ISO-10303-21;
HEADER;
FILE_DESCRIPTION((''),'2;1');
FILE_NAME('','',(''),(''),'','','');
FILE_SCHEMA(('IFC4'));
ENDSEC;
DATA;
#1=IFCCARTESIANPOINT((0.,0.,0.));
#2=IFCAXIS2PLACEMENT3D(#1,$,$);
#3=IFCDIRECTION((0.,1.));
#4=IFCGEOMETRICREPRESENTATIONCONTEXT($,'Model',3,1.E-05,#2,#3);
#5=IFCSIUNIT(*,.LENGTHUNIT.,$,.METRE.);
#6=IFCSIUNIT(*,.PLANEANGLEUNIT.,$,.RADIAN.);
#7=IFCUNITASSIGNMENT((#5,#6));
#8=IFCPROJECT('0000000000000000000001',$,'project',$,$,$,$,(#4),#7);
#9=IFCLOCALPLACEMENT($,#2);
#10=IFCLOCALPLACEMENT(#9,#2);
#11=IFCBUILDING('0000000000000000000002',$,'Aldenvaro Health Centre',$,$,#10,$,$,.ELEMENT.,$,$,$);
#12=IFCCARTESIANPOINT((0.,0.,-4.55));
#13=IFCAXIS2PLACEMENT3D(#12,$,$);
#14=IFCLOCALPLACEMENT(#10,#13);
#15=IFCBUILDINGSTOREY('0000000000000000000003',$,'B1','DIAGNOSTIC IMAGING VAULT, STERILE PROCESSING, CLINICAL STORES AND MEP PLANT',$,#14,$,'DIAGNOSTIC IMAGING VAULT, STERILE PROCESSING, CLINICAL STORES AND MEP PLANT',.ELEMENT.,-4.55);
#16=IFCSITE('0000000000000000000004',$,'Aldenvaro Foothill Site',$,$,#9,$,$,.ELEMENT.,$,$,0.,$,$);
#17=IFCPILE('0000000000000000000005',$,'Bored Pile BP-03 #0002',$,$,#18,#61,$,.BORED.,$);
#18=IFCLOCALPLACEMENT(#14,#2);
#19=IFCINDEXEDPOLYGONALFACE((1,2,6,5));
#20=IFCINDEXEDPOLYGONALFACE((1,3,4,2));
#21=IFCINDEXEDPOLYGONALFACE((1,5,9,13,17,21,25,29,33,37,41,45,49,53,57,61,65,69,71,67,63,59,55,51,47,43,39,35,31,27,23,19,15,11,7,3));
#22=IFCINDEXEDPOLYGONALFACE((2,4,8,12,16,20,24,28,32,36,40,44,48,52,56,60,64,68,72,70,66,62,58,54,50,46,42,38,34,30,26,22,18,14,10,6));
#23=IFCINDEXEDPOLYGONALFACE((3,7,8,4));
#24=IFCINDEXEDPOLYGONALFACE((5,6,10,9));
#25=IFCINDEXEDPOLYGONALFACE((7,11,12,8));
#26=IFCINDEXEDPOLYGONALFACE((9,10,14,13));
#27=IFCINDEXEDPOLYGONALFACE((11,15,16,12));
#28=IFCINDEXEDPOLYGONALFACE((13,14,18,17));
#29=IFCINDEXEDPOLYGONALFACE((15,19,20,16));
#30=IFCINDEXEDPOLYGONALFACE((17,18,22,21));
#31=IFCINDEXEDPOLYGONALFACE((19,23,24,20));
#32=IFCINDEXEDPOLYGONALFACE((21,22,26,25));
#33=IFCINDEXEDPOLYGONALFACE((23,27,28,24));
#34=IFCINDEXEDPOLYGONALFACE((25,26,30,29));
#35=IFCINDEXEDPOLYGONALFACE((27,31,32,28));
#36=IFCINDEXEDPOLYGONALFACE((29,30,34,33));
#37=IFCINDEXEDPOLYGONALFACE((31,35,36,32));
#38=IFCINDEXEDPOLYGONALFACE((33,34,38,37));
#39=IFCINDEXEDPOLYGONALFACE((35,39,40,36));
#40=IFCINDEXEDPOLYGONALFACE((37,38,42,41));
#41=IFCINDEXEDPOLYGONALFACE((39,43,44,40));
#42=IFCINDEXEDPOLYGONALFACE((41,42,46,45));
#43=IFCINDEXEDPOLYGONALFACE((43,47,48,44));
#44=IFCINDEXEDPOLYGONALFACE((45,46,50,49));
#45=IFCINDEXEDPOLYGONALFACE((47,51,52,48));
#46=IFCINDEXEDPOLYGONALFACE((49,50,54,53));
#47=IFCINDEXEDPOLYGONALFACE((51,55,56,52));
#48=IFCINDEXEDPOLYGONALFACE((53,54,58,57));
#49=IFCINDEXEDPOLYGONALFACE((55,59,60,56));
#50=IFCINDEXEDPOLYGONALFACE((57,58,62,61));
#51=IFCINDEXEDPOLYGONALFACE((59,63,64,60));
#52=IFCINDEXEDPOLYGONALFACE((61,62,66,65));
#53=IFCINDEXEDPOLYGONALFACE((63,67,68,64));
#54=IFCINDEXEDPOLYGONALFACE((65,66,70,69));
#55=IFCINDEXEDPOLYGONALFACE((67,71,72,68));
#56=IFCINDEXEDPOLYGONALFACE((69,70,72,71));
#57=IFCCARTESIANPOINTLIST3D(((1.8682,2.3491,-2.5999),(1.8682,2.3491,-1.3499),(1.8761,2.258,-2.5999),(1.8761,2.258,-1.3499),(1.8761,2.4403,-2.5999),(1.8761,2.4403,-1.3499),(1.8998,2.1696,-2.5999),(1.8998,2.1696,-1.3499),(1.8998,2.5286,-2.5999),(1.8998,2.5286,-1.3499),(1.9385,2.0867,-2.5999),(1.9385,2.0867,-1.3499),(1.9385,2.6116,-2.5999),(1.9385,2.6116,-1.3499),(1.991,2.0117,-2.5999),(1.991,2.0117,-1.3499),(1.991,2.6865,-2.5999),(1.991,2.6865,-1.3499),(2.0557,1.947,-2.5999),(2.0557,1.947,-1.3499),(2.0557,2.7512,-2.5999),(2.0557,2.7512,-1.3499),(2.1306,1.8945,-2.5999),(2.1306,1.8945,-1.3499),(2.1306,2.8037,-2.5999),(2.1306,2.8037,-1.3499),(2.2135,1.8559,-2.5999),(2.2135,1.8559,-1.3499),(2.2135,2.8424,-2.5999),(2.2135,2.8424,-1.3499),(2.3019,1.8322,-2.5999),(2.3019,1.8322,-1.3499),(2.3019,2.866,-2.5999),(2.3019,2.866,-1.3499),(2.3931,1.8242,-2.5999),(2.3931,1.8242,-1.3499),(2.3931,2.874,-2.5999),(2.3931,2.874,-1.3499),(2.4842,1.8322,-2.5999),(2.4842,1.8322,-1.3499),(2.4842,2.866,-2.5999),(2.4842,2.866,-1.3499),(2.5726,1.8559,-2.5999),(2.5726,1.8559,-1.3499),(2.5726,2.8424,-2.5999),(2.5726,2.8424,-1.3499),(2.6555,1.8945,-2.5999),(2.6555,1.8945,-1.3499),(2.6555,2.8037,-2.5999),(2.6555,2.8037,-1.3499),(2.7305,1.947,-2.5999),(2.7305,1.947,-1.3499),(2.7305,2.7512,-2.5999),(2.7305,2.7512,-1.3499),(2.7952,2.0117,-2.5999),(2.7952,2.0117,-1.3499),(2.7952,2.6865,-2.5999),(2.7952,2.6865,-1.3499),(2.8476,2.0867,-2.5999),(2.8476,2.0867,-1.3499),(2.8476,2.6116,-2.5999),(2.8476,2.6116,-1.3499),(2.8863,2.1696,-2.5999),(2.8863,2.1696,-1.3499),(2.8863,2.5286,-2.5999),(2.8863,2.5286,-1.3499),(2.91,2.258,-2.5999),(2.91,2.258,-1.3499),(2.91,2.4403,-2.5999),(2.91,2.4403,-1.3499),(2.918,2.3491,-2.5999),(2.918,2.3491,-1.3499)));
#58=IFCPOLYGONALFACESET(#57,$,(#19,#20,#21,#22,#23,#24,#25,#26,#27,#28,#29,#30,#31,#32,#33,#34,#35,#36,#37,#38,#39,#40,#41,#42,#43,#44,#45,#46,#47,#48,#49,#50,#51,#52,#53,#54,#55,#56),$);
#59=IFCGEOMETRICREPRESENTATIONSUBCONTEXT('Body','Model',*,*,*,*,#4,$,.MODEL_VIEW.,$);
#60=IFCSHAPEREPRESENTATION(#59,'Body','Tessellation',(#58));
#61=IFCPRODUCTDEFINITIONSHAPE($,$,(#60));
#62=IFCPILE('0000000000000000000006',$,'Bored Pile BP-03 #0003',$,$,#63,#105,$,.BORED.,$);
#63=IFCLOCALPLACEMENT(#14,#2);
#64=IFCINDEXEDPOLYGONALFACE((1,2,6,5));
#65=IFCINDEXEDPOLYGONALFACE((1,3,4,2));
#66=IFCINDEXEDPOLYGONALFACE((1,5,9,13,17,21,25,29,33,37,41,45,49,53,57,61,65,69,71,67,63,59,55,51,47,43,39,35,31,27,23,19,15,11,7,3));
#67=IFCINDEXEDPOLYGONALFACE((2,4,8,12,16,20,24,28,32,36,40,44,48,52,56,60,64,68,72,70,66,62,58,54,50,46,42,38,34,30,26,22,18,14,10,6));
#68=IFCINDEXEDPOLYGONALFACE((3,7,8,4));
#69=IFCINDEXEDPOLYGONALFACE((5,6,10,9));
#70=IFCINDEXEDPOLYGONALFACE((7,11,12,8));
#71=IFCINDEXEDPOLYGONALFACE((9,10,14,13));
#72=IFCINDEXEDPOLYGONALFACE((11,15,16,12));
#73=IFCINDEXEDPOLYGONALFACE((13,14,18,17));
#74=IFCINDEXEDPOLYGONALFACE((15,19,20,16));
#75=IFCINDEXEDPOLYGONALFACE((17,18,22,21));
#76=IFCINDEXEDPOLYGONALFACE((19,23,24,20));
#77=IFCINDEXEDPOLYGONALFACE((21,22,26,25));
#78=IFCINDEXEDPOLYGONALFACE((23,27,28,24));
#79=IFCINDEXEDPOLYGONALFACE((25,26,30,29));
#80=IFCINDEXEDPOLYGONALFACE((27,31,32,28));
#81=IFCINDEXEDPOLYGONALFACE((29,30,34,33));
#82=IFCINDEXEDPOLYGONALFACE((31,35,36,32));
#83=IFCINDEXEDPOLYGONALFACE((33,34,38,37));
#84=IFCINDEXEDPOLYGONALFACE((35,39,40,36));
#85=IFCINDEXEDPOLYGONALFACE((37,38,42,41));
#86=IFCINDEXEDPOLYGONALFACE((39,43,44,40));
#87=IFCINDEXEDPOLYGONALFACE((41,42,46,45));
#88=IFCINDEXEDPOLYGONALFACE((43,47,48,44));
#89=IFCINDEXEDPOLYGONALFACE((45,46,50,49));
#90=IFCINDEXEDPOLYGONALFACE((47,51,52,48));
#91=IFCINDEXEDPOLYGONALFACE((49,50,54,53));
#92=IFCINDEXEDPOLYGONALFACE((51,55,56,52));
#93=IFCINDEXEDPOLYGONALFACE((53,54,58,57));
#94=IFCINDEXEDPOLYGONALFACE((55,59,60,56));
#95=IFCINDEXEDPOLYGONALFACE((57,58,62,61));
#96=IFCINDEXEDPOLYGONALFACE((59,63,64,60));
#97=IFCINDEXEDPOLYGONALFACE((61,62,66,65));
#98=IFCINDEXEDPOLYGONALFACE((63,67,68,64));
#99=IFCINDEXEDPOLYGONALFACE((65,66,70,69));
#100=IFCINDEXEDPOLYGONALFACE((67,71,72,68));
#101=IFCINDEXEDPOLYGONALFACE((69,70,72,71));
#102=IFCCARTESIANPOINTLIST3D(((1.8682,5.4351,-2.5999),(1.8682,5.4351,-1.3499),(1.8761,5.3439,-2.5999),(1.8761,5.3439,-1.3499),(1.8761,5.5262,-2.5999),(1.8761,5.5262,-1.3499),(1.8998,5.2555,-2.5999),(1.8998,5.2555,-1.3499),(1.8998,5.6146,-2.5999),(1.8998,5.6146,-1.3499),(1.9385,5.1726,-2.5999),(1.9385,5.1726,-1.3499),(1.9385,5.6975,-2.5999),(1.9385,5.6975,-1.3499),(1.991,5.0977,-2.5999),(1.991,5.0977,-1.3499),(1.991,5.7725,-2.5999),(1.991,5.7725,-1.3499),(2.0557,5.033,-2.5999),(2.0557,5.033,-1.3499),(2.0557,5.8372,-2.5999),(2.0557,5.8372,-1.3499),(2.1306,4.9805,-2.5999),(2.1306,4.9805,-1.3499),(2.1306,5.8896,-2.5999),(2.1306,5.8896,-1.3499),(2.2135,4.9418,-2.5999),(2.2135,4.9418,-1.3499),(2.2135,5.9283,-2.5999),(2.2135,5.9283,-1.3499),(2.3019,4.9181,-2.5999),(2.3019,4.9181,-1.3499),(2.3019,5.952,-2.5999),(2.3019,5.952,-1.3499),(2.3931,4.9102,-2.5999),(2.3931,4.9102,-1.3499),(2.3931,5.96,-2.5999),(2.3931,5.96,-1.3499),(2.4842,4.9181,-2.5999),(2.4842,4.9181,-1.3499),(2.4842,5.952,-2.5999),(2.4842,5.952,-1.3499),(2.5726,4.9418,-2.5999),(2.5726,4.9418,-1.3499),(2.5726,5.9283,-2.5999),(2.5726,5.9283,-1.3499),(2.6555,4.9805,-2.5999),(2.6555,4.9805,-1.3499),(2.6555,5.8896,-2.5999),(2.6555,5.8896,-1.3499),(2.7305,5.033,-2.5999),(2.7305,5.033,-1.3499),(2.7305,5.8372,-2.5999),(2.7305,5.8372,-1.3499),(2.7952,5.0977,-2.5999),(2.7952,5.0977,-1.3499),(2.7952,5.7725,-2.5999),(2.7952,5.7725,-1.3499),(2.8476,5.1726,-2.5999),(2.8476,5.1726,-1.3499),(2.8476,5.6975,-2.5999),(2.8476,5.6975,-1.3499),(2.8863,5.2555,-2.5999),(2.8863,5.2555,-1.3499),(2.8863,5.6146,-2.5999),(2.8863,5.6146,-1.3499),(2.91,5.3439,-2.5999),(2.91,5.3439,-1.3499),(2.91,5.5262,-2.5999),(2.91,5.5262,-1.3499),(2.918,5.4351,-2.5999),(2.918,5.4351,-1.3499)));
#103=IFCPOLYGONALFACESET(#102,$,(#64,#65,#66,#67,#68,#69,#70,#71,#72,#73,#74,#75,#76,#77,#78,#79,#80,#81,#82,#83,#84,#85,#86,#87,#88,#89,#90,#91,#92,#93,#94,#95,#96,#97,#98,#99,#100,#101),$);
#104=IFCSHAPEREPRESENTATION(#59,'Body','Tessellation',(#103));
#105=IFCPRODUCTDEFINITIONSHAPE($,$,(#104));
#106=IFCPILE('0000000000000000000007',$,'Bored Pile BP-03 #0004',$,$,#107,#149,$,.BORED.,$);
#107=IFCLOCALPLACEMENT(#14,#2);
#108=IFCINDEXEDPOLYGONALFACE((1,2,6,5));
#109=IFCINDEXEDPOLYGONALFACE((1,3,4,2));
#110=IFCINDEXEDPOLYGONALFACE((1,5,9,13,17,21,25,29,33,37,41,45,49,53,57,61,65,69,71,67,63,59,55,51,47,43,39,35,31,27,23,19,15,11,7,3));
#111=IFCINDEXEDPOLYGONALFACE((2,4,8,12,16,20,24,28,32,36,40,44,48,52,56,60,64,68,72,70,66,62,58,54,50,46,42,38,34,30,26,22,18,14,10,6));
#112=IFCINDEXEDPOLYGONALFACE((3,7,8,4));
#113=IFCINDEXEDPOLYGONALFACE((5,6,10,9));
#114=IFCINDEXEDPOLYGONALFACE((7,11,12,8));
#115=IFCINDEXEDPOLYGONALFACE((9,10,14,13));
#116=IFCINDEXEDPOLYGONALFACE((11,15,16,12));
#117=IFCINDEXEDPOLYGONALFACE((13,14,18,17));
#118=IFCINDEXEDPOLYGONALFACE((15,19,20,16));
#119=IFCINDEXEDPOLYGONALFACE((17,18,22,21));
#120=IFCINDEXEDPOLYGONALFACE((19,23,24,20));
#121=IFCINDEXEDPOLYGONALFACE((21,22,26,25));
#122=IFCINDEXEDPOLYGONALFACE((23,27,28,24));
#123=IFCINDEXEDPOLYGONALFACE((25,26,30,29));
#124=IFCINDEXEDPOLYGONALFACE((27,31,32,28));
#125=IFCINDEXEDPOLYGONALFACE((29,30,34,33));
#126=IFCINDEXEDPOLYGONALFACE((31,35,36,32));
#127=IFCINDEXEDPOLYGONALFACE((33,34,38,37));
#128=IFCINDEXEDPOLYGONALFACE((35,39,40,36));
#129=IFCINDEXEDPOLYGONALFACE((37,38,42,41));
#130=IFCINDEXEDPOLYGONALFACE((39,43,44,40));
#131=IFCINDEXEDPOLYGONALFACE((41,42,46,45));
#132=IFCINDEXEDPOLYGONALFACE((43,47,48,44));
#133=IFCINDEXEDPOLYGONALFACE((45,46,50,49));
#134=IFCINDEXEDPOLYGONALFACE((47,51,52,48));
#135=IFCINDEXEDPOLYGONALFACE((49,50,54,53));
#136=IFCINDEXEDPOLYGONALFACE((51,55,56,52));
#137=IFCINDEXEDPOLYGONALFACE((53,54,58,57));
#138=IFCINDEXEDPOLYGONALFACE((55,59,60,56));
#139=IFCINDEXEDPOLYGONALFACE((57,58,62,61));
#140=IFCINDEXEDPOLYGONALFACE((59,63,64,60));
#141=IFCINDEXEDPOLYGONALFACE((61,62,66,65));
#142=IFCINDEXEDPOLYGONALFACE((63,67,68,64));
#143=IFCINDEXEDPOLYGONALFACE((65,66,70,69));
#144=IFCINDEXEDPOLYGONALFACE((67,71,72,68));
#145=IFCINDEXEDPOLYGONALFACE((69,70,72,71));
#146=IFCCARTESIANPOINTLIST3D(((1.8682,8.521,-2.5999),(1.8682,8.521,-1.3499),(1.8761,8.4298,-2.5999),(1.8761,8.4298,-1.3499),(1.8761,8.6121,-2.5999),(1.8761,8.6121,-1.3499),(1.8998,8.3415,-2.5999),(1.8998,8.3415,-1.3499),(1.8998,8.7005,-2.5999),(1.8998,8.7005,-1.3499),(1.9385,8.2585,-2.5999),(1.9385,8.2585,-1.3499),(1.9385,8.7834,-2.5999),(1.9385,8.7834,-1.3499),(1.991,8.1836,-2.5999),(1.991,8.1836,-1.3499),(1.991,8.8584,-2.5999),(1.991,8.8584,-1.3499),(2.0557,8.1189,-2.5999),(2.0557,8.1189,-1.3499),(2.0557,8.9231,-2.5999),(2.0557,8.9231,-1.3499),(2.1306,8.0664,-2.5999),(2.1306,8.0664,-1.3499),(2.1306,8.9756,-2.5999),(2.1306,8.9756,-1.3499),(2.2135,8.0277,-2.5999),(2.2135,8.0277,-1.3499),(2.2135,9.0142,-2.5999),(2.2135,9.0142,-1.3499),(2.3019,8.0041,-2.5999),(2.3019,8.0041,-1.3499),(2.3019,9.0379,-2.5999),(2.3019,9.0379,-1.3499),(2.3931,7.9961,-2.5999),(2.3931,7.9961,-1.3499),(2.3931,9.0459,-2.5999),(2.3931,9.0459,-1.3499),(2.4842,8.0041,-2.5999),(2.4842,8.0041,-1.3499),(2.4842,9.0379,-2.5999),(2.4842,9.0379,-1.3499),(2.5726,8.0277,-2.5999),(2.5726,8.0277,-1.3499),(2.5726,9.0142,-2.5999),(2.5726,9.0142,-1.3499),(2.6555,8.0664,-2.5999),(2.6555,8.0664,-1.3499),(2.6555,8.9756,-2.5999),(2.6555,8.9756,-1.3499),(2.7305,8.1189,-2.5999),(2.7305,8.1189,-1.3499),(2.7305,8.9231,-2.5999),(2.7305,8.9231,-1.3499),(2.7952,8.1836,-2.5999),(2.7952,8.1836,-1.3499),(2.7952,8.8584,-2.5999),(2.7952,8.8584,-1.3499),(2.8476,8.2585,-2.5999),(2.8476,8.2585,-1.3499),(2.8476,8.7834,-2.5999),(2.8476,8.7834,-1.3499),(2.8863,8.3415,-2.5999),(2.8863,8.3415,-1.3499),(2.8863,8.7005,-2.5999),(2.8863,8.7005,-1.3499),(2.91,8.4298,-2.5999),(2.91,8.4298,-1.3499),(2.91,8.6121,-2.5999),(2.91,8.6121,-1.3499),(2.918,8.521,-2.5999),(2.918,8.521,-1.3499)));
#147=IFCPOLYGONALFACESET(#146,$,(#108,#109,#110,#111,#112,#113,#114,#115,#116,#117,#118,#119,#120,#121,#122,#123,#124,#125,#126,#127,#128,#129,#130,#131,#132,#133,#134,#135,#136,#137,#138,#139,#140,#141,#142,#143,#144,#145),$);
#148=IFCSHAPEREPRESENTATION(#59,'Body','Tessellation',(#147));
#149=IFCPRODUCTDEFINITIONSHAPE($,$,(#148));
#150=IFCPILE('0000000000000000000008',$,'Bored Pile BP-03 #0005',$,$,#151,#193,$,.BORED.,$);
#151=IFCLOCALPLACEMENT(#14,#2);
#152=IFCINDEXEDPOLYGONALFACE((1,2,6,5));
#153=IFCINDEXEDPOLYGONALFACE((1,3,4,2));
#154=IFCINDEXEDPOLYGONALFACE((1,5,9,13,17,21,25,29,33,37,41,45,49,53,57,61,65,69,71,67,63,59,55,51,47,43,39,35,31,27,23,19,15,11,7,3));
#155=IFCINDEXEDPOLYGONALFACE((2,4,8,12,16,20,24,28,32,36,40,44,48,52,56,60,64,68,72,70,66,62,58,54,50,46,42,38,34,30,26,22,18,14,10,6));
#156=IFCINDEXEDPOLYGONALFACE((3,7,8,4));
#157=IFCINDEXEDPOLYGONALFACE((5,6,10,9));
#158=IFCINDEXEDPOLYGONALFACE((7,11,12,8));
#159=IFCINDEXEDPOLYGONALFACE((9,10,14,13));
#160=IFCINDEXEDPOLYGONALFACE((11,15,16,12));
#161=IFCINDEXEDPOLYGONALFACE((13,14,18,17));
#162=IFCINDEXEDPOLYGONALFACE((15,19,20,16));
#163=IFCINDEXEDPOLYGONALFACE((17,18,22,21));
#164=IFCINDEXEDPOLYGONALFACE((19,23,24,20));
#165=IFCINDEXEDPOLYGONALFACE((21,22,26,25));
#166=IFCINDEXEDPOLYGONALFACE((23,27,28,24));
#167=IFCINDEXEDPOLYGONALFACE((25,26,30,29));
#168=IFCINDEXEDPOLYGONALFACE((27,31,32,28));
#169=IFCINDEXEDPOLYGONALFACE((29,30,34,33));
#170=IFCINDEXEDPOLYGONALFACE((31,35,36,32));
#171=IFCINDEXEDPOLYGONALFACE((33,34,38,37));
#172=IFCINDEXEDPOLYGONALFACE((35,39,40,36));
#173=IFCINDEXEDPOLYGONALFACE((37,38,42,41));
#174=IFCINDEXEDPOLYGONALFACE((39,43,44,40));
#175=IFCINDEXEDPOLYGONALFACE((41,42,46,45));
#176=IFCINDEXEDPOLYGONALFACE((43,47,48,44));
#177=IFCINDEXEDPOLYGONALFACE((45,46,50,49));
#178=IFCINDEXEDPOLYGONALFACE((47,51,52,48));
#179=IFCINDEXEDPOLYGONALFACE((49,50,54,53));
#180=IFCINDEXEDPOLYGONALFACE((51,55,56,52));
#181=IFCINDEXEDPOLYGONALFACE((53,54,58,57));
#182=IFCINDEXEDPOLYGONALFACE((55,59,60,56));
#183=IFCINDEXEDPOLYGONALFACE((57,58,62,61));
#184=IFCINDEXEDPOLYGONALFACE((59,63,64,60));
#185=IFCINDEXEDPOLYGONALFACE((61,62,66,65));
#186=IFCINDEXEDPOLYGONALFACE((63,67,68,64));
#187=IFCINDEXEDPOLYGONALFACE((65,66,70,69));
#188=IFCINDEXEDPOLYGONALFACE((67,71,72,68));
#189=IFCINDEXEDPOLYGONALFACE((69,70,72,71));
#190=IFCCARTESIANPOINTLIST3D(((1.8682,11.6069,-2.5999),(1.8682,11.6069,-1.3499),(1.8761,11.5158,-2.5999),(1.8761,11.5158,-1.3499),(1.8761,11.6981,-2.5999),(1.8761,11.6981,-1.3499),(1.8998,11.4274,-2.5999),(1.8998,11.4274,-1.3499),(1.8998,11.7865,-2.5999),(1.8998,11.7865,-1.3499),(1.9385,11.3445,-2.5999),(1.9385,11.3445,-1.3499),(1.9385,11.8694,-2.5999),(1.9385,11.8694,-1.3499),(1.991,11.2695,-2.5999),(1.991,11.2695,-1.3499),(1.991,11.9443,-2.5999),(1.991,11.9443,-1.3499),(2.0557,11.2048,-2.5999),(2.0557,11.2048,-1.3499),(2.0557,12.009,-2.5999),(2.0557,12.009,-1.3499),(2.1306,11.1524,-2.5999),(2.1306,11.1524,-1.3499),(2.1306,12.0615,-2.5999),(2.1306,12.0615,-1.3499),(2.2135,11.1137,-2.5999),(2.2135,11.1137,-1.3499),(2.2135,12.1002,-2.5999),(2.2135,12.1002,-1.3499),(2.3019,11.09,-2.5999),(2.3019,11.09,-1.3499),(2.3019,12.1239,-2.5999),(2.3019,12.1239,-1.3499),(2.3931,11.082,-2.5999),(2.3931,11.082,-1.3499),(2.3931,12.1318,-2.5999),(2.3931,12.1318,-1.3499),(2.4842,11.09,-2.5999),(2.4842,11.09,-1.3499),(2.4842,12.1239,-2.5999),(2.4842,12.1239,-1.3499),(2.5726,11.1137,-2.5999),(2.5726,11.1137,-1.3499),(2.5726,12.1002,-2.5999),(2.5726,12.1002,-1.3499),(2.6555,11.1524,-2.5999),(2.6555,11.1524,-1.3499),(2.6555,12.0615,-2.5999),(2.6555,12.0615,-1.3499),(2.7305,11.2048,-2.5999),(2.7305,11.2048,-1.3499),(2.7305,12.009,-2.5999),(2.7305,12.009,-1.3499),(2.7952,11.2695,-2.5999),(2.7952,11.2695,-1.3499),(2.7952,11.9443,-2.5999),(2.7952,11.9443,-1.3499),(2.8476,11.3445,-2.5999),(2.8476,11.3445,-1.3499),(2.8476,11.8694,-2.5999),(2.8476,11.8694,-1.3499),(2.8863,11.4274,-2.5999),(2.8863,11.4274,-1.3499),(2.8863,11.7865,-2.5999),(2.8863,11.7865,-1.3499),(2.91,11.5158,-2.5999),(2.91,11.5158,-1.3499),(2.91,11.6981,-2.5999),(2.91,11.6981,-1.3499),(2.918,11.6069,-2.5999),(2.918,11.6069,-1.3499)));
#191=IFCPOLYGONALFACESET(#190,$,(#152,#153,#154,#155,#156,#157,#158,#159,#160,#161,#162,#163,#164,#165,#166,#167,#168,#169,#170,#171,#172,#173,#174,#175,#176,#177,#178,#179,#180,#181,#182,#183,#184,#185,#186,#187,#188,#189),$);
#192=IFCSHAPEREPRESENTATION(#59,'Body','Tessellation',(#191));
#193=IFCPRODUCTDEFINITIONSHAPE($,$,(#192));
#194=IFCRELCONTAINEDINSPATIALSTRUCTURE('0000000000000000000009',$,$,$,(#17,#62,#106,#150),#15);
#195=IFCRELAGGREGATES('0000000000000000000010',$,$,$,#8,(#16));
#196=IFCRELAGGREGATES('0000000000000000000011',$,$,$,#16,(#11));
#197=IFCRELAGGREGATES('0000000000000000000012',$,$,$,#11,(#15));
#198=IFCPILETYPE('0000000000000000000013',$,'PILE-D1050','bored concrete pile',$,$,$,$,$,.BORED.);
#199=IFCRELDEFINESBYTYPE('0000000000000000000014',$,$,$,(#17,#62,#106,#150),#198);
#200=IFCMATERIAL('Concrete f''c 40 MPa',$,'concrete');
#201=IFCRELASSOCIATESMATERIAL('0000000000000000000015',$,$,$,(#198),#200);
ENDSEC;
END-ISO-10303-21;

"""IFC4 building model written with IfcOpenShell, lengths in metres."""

from ifc_helpers import new_model, si_unit, direction, frame, origin, origin_2d, place, context, subcontext, project, spatial, circle, extrude, material, material_profile, profile_set, type_object, element, save


model = new_model("IFC4")

# Units and contexts
model_context = context("Model", 3, precision=1e-05, world=origin(), true_north=direction((0.0, 1.0)))
body_context = subcontext(model_context, "Body", "Model", "MODEL_VIEW")
ifc_project = project(units=[si_unit("LENGTHUNIT", "METRE"), si_unit("PLANEANGLEUNIT", "RADIAN")], contexts=[model_context])

# Site, building, storey
site_placement = place(None, origin())
site = spatial("IfcSite", under=ifc_project, at=site_placement, Name="Aldenvaro Foothill Site", CompositionType="ELEMENT", RefElevation=0.0)
building_placement = place(site_placement, origin())
building = spatial("IfcBuilding", under=site, at=building_placement, Name="Aldenvaro Health Centre", CompositionType="ELEMENT")
storey_placement = place(building_placement, frame((0.0, 0.0, -4.55)))
storey = spatial("IfcBuildingStorey", under=building, at=storey_placement, Name="B1", Description="DIAGNOSTIC IMAGING VAULT, STERILE PROCESSING, CLINICAL STORES AND MEP PLANT", LongName="DIAGNOSTIC IMAGING VAULT, STERILE PROCESSING, CLINICAL STORES AND MEP PLANT", CompositionType="ELEMENT", Elevation=-4.55)

# Piles
ifc_material_1 = material(Name="Concrete f'c 40 MPa", Category="concrete")
ifc_material_profile = material_profile(ifc_material_1, circle(Radius=0.5249, at=origin_2d()), Name="PILE D1050", Category="concrete")
ifc_profile_set = profile_set([ifc_material_profile], Name="Concrete f'c 40 MPa")
pile_type = type_object("IfcPileType", Name="PILE-D1050", Description="bored concrete pile", PredefinedType="BORED", material=ifc_profile_set)
for number, where, z_axis, x_axis, name in (
    (1, (2.3931, 2.3491, -1.3499), (0.0, 0.0, -1.0), (1.0, 0.0, 0.0), "Bored Pile BP-03 #0002"),
    (2, (2.3931, 5.4351, -1.3499), (0.0, 0.0, -1.0), (1.0, 0.0, 0.0), "Bored Pile BP-03 #0003"),
    (3, (2.3931, 8.521, -1.3499), (0.0, 0.0, -1.0), (1.0, 0.0, 0.0), "Bored Pile BP-03 #0004"),
    (4, (2.3931, 11.6069, -1.3499), (0.0, 0.0, -1.0), (1.0, 0.0, 0.0), "Bored Pile BP-03 #0005"),
):
    element("IfcPile", number, at=place(storey_placement, frame(where, z_axis=z_axis, x_axis=x_axis)), inside=storey, type_object=pile_type, Name=name, PredefinedType="BORED", context=body_context, shape_type="SweptSolid", body=[
        extrude(circle(Radius=0.5249, at=origin_2d()), origin(), (0.0, 0.0, 1.0), 1.25),
    ])

save(model, "model.ifc")
